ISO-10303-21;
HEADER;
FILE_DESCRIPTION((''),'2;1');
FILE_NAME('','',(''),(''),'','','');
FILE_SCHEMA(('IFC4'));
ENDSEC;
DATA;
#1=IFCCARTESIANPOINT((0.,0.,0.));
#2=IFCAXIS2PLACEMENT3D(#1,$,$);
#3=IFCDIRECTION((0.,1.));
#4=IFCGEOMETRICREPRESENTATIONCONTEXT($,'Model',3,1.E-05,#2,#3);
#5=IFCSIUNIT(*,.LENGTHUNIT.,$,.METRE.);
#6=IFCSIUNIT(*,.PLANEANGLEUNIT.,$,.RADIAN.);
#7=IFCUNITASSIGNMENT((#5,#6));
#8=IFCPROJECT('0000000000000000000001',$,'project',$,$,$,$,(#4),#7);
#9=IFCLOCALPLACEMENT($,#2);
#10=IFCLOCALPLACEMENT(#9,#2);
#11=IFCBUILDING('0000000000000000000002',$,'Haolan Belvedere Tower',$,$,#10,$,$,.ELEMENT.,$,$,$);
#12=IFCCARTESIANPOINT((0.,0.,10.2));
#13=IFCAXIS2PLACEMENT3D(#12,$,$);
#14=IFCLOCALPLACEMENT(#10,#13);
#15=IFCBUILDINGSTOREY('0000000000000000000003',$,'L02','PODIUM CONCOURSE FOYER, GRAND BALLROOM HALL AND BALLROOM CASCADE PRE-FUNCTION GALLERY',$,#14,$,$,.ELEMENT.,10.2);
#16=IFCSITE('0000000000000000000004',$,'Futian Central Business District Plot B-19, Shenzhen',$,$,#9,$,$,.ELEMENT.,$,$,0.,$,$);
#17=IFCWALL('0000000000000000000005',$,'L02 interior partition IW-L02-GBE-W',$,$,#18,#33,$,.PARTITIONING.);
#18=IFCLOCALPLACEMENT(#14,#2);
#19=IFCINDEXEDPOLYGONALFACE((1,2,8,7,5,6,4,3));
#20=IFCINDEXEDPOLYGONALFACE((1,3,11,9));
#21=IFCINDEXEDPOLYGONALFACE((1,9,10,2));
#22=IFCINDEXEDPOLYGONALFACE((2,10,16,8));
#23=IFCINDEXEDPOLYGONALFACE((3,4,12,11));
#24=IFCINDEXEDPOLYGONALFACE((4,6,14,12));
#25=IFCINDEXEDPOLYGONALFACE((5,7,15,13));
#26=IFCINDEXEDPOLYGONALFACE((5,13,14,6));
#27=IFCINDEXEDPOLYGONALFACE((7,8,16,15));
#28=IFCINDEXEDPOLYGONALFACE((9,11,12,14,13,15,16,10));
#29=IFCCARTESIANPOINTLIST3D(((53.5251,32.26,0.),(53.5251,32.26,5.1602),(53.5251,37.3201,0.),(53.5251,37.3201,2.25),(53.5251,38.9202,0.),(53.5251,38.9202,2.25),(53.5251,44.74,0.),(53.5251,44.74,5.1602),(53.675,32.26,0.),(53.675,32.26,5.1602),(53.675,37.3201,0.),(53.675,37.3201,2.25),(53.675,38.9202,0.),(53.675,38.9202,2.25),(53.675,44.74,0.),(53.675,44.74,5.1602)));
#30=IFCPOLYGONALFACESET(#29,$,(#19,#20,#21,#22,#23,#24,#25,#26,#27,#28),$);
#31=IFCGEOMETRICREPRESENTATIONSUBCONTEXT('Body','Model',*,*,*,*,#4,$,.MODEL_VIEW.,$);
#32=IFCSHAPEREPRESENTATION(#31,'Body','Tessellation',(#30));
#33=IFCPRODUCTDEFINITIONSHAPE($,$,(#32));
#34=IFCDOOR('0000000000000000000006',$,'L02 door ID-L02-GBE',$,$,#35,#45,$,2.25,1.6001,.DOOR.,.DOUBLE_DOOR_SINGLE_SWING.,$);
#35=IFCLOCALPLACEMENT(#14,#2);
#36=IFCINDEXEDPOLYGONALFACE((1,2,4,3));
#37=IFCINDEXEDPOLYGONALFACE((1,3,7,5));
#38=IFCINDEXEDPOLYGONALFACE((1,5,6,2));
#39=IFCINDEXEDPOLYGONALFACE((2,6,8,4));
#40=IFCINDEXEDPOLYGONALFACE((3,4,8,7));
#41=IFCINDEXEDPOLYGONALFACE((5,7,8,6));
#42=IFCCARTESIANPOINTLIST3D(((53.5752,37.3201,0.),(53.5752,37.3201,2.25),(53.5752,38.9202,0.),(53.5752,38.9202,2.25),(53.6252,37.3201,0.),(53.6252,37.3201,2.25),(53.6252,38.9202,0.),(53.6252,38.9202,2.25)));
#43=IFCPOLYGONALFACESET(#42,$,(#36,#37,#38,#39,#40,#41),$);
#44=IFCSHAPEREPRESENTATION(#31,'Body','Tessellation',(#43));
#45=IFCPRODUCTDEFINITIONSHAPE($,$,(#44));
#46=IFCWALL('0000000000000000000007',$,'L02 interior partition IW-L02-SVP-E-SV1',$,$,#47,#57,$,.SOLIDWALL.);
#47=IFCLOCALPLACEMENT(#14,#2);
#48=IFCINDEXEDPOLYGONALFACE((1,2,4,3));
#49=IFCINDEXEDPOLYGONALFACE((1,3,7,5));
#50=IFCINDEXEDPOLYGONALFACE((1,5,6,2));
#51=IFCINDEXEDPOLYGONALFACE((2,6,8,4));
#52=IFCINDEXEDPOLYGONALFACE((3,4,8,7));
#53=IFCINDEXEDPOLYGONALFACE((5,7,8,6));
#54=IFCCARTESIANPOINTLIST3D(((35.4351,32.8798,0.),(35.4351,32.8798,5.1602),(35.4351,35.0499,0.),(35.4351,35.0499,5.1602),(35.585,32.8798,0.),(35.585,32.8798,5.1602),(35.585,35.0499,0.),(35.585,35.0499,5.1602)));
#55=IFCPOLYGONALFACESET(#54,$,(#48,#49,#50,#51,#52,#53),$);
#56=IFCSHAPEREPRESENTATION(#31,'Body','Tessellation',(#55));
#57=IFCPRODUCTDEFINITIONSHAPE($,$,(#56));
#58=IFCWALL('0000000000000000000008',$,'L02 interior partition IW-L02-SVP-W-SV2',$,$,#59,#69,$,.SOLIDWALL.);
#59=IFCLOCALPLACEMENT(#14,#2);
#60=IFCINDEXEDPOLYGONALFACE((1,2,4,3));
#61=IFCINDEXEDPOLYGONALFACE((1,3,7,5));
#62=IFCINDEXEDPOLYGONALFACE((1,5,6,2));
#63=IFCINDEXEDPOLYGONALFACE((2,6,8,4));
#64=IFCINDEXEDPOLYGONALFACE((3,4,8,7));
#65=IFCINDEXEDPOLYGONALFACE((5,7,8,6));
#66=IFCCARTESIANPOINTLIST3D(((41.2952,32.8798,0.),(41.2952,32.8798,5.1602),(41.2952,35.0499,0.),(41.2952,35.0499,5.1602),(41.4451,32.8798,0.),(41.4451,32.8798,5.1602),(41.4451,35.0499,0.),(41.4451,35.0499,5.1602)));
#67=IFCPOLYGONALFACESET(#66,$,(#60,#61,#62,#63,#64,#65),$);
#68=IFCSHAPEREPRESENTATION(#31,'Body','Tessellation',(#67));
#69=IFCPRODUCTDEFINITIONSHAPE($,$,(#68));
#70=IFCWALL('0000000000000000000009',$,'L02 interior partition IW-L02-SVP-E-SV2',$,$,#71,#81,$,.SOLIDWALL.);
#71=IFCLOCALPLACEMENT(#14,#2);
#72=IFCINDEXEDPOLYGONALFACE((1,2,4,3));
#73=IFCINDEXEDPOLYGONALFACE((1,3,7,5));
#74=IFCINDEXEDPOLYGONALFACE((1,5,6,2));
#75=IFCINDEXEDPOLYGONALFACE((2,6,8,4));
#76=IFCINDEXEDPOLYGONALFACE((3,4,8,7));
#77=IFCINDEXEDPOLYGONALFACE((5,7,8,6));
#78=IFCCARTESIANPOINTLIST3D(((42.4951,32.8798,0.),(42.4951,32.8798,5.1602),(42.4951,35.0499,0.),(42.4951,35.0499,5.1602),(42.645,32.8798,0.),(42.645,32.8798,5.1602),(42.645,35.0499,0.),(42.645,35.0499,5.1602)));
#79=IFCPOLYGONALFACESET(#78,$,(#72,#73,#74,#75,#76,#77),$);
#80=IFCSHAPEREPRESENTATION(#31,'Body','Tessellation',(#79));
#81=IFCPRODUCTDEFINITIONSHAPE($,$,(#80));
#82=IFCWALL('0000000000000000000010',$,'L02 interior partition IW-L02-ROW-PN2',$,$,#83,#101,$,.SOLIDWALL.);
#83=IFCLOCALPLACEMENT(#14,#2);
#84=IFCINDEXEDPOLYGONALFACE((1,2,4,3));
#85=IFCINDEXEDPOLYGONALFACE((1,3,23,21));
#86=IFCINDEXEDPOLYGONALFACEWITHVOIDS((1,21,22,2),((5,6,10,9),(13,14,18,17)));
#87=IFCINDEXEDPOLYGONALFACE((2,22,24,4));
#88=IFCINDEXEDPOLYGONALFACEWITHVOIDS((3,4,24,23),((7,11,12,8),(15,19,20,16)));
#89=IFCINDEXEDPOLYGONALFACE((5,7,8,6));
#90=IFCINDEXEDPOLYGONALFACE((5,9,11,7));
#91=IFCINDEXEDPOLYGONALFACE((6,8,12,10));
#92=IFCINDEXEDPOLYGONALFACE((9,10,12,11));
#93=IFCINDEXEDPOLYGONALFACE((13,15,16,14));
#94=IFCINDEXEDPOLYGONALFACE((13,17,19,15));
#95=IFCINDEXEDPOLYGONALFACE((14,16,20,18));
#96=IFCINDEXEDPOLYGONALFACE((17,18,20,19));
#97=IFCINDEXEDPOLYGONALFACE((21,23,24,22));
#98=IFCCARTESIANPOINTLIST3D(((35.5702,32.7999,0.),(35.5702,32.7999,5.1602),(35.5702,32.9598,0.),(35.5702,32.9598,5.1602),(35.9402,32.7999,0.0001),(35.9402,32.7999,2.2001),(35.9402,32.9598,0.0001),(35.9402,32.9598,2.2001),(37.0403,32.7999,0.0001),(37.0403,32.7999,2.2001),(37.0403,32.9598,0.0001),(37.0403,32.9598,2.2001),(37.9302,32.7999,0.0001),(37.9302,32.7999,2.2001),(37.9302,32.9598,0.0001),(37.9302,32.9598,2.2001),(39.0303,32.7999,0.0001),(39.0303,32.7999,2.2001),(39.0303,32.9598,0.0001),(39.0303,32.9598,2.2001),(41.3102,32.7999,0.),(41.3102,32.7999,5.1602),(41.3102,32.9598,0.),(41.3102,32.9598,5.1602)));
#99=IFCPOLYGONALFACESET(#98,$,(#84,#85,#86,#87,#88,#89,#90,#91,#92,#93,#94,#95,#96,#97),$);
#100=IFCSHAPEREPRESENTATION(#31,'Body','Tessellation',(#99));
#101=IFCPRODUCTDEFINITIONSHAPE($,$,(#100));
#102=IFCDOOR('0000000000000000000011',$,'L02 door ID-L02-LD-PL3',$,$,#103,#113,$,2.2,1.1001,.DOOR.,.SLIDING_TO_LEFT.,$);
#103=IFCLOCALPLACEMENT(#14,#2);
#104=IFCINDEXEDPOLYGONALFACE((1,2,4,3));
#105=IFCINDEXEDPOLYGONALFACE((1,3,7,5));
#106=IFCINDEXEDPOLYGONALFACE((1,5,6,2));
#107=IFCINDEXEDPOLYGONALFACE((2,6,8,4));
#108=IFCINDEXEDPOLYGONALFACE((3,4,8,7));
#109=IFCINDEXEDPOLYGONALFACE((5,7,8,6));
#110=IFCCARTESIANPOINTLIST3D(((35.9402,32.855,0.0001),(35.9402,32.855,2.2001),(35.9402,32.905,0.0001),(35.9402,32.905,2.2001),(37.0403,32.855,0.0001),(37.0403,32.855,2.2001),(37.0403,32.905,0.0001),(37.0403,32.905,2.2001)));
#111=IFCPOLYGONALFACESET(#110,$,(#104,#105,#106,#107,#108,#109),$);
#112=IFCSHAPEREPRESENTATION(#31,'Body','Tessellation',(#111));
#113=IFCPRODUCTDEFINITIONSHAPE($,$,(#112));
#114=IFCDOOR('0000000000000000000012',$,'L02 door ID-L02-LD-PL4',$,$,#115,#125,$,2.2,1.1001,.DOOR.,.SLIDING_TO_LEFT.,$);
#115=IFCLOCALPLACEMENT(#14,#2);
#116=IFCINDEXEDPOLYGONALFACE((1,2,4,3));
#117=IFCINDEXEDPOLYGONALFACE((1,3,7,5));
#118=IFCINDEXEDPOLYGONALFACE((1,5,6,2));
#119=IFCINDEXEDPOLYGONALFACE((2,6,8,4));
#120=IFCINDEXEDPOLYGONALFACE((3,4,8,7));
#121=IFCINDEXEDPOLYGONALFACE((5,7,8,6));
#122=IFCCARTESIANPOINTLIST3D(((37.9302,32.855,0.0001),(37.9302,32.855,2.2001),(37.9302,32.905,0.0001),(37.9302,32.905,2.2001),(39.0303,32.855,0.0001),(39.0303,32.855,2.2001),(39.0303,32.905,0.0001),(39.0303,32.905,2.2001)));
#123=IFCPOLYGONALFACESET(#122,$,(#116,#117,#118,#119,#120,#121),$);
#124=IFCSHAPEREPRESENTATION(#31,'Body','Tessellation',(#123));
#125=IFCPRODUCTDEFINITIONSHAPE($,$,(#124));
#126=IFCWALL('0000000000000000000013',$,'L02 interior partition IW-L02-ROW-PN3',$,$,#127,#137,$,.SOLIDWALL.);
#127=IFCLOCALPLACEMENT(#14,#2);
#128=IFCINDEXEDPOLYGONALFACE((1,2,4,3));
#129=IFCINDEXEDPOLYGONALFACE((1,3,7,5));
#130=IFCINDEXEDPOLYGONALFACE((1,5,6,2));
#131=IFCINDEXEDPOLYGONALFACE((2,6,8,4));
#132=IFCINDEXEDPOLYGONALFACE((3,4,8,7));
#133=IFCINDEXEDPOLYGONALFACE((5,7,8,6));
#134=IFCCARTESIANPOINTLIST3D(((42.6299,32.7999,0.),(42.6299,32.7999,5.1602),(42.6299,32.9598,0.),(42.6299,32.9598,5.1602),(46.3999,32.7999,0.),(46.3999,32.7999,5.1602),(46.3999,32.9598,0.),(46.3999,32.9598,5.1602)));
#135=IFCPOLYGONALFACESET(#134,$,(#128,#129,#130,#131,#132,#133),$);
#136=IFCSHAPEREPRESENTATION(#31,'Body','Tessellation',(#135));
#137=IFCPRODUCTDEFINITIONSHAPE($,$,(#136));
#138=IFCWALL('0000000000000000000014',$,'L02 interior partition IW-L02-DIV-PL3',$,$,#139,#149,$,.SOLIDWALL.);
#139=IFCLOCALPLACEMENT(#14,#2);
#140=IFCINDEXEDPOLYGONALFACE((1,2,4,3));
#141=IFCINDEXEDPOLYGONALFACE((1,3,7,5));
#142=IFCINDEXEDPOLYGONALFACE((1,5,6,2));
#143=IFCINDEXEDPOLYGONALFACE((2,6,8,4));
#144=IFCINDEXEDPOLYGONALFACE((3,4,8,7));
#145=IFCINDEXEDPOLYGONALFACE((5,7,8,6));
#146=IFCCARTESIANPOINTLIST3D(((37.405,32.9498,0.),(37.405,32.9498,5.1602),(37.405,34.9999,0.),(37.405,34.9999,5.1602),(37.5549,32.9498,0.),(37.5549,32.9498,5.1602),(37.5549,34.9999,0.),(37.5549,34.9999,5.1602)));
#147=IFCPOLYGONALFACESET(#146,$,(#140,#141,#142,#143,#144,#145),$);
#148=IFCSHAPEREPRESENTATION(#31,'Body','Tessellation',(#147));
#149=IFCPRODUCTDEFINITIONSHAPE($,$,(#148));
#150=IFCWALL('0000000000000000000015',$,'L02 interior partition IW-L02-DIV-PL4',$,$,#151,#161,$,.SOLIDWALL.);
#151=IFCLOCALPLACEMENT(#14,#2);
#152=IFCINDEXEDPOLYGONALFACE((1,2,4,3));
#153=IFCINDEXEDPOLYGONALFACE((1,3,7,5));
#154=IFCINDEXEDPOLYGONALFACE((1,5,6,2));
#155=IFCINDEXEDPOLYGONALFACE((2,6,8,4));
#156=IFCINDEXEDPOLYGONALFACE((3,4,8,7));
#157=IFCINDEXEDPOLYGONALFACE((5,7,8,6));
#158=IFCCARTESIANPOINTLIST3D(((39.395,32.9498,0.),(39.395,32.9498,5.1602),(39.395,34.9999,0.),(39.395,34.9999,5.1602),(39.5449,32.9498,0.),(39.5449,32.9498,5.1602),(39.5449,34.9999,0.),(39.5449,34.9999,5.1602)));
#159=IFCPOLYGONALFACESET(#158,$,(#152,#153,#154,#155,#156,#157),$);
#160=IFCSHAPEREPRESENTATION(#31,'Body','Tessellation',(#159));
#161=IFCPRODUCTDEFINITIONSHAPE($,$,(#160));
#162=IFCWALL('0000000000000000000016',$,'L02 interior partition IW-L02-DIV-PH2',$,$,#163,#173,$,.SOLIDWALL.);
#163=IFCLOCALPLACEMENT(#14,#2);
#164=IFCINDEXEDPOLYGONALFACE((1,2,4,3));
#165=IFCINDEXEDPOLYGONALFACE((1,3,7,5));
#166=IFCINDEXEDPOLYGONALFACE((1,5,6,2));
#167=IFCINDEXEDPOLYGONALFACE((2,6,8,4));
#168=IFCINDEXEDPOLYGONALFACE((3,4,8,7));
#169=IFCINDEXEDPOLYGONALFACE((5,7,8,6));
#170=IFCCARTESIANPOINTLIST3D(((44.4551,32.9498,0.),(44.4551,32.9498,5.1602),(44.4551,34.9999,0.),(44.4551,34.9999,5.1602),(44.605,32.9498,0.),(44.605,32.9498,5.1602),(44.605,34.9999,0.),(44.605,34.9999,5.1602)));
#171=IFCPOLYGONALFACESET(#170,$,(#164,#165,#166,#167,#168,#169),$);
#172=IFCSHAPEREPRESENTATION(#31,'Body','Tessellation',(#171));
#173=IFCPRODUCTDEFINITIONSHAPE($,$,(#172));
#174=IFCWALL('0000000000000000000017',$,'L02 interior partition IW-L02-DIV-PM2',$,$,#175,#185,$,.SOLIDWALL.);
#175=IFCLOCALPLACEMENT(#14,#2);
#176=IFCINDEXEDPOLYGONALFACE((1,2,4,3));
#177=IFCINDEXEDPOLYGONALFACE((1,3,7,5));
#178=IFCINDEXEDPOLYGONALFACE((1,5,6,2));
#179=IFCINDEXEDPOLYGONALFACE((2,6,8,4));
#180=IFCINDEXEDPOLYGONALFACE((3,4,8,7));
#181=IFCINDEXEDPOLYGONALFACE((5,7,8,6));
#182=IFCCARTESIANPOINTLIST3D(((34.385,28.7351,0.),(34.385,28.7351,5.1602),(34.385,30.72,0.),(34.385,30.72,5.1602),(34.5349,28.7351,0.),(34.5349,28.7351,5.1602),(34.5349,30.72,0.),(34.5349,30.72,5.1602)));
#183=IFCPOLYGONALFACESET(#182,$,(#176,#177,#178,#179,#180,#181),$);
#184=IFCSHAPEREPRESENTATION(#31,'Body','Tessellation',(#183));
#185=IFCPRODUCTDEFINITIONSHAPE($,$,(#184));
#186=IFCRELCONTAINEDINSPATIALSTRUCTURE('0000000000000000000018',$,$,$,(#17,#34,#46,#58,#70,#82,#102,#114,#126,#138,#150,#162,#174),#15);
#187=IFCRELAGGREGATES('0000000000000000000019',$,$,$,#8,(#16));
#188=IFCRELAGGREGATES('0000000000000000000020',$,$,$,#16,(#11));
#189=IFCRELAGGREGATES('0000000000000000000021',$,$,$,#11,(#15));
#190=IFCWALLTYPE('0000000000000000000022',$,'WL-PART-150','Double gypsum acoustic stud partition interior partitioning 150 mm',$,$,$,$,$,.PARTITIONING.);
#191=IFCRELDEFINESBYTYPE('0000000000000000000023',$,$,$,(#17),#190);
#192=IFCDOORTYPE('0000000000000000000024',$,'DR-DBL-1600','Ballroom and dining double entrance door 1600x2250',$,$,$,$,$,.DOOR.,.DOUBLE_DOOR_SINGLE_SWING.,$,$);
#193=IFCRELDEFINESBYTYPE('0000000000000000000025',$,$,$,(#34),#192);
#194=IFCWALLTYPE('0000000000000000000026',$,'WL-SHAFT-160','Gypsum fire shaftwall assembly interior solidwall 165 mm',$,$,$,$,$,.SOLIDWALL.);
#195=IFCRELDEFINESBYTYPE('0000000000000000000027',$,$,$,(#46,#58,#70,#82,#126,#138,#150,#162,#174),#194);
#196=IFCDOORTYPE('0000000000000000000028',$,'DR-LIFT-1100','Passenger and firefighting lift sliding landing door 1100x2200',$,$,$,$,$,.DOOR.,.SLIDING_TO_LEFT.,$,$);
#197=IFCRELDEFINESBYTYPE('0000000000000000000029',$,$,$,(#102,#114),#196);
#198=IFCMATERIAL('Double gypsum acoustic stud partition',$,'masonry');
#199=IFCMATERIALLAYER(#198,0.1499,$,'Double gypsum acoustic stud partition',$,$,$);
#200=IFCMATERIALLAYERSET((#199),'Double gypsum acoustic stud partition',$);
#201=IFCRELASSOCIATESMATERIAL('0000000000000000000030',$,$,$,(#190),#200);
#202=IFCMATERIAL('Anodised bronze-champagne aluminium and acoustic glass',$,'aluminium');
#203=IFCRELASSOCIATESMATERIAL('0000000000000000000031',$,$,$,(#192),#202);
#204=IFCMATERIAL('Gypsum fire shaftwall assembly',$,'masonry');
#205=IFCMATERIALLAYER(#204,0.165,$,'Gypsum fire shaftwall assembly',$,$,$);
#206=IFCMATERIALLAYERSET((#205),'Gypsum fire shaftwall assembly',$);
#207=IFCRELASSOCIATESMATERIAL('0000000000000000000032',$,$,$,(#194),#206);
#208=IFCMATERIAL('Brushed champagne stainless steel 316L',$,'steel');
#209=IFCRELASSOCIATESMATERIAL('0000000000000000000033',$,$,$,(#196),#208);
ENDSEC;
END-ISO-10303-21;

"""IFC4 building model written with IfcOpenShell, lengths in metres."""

from ifc_helpers import new_model, si_unit, direction, frame, frame_2d, origin, place, context, subcontext, project, spatial, rectangle, extrude, material, layer, layer_set, type_object, element, fill, save


model = new_model("IFC4")

# Units and contexts
model_context = context("Model", 3, precision=1e-05, world=origin(), true_north=direction((0.0, 1.0)))
body_context = subcontext(model_context, "Body", "Model", "MODEL_VIEW")
ifc_project = project(units=[si_unit("LENGTHUNIT", "METRE"), si_unit("PLANEANGLEUNIT", "RADIAN")], contexts=[model_context])

# Site, building, storey
site_placement = place(None, origin())
site = spatial("IfcSite", under=ifc_project, at=site_placement, Name="Futian Central Business District Plot B-19, Shenzhen", CompositionType="ELEMENT", RefElevation=0.0)
building_placement = place(site_placement, origin())
building = spatial("IfcBuilding", under=site, at=building_placement, Name="Haolan Belvedere Tower", CompositionType="ELEMENT")
storey_placement = place(building_placement, frame((0.0, 0.0, 10.2)))
storey = spatial("IfcBuildingStorey", under=building, at=storey_placement, Name="L02", Description="PODIUM CONCOURSE FOYER, GRAND BALLROOM HALL AND BALLROOM CASCADE PRE-FUNCTION GALLERY", CompositionType="ELEMENT", Elevation=10.2)

# Shared definitions
ifc_material_1 = material(Name="Double gypsum acoustic stud partition", Category="masonry")
ifc_layer_1 = layer(ifc_material_1, 0.1499, Name="Double gypsum acoustic stud partition")
ifc_layer_set_1 = layer_set([ifc_layer_1], Name="Double gypsum acoustic stud partition")
wall_type_1 = type_object("IfcWallType", Name="WL-PART-150", Description="Double gypsum acoustic stud partition interior partitioning 150 mm", PredefinedType="PARTITIONING", material=ifc_layer_set_1)

# Wall, opening, door
wall_1_placement = place(storey_placement, frame((53.6001, 32.26, 0.0), z_axis=(0.0, 0.0, 1.0), x_axis=(0.0, 1.0, 0.0)))
wall_1 = element("IfcWall", 1, at=wall_1_placement, inside=storey, type_object=wall_type_1, Name="L02 interior partition IW-L02-GBE-W", PredefinedType="PARTITIONING", context=body_context, shape_type="SweptSolid", body=[
    extrude(rectangle(XDim=12.48, YDim=0.1499, at=frame_2d((6.24, 0.0))), origin(), (0.0, 0.0, 1.0), 5.1602),
])
opening_1_placement = place(wall_1_placement, frame((5.0601, 0.0, 0.0)))
opening_1 = element("IfcOpeningElement", 2, at=opening_1_placement, cuts=wall_1, PredefinedType="OPENING", context=body_context, shape_type="SweptSolid", body=[
    extrude(rectangle(XDim=1.6001, YDim=2.25, at=frame_2d((0.8, 1.125))), frame((0.0, 0.085, 0.0), z_axis=(0.0, -1.0, 0.0), x_axis=(1.0, 0.0, 0.0)), (0.0, 0.0, 1.0), 0.1699),
])
ifc_material_2 = material(Name="Anodised bronze-champagne aluminium and acoustic glass", Category="aluminium")
door_type_1 = type_object("IfcDoorType", Name="DR-DBL-1600", Description="Ballroom and dining double entrance door 1600x2250", OperationType="DOUBLE_DOOR_SINGLE_SWING", PredefinedType="DOOR", material=ifc_material_2)
door_1_placement = place(opening_1_placement, origin())
door_1 = element("IfcDoor", 3, at=door_1_placement, inside=storey, type_object=door_type_1, Name="L02 door ID-L02-GBE", OperationType="DOUBLE_DOOR_SINGLE_SWING", OverallHeight=2.25, OverallWidth=1.6001, PredefinedType="DOOR", context=body_context, shape_type="SweptSolid", body=[
    extrude(rectangle(XDim=1.6001, YDim=2.25, at=frame_2d((0.8, 1.125))), frame((0.0, 0.0249, 0.0), z_axis=(0.0, -1.0, 0.0), x_axis=(1.0, 0.0, 0.0)), (0.0, 0.0, 1.0), 0.05),
])
fill(opening_1, door_1)

# Walls
ifc_material_3 = material(Name="Gypsum fire shaftwall assembly", Category="masonry")
ifc_layer_2 = layer(ifc_material_3, 0.165, Name="Gypsum fire shaftwall assembly")
ifc_layer_set_2 = layer_set([ifc_layer_2], Name="Gypsum fire shaftwall assembly")
wall_type_2 = type_object("IfcWallType", Name="WL-SHAFT-160", Description="Gypsum fire shaftwall assembly interior solidwall 165 mm", PredefinedType="SOLIDWALL", material=ifc_layer_set_2)
for number, where, z_axis, x_axis, name in (
    (4, (35.51, 32.8799, 0.0), (0.0, 0.0, 1.0), (0.0, 1.0, 0.0), "L02 interior partition IW-L02-SVP-E-SV1"),
    (5, (41.3701, 32.8799, 0.0), (0.0, 0.0, 1.0), (0.0, 1.0, 0.0), "L02 interior partition IW-L02-SVP-W-SV2"),
    (6, (42.5701, 32.8799, 0.0), (0.0, 0.0, 1.0), (0.0, 1.0, 0.0), "L02 interior partition IW-L02-SVP-E-SV2"),
):
    element("IfcWall", number, at=place(storey_placement, frame(where, z_axis=z_axis, x_axis=x_axis)), inside=storey, type_object=wall_type_2, Name=name, PredefinedType="SOLIDWALL", context=body_context, shape_type="SweptSolid", body=[
        extrude(rectangle(XDim=2.1702, YDim=0.1499, at=frame_2d((1.085, 0.0))), origin(), (0.0, 0.0, 1.0), 5.1602),
    ])

# Wall, openings, doors
wall_2_placement = place(storey_placement, frame((35.5701, 32.8799, 0.0), z_axis=(0.0, 0.0, 1.0), x_axis=(1.0, 0.0, 0.0)))
wall_2 = element("IfcWall", 7, at=wall_2_placement, inside=storey, type_object=wall_type_2, Name="L02 interior partition IW-L02-ROW-PN2", PredefinedType="SOLIDWALL", context=body_context, shape_type="SweptSolid", body=[
    extrude(rectangle(XDim=5.74, YDim=0.1599, at=frame_2d((2.8701, 0.0))), origin(), (0.0, 0.0, 1.0), 5.1602),
])
opening_2_placement = place(wall_2_placement, frame((1.4702, 0.0, 0.0), z_axis=(0.0, 0.0, 1.0), x_axis=(-1.0, 0.0, 0.0)))
opening_2 = element("IfcOpeningElement", 8, at=opening_2_placement, cuts=wall_2, PredefinedType="OPENING", context=body_context, shape_type="SweptSolid", body=[
    extrude(rectangle(XDim=1.1001, YDim=2.2, at=frame_2d((0.55, 1.1001))), frame((0.0, 0.0898, 0.0), z_axis=(0.0, -1.0, 0.0), x_axis=(1.0, 0.0, 0.0)), (0.0, 0.0, 1.0), 0.1799),
])
opening_3_placement = place(wall_2_placement, frame((3.4602, 0.0, 0.0), z_axis=(0.0, 0.0, 1.0), x_axis=(-1.0, 0.0, 0.0)))
opening_3 = element("IfcOpeningElement", 9, at=opening_3_placement, cuts=wall_2, PredefinedType="OPENING", context=body_context, shape_type="SweptSolid", body=[
    extrude(rectangle(XDim=1.1001, YDim=2.2, at=frame_2d((0.55, 1.1001))), frame((0.0, 0.0898, 0.0), z_axis=(0.0, -1.0, 0.0), x_axis=(1.0, 0.0, 0.0)), (0.0, 0.0, 1.0), 0.1799),
])
ifc_material_4 = material(Name="Brushed champagne stainless steel 316L", Category="steel")
door_type_2 = type_object("IfcDoorType", Name="DR-LIFT-1100", Description="Passenger and firefighting lift sliding landing door 1100x2200", OperationType="SLIDING_TO_LEFT", PredefinedType="DOOR", material=ifc_material_4)
door_2_placement = place(opening_2_placement, origin())
door_2 = element("IfcDoor", 10, at=door_2_placement, inside=storey, type_object=door_type_2, Name="L02 door ID-L02-LD-PL3", OperationType="SLIDING_TO_LEFT", OverallHeight=2.2, OverallWidth=1.1001, PredefinedType="DOOR", context=body_context, shape_type="SweptSolid", body=[
    extrude(rectangle(XDim=1.1001, YDim=2.2, at=frame_2d((0.55, 1.1001))), frame((0.0, 0.0249, 0.0), z_axis=(0.0, -1.0, 0.0), x_axis=(1.0, 0.0, 0.0)), (0.0, 0.0, 1.0), 0.05),
])
fill(opening_2, door_2)
door_3_placement = place(opening_3_placement, origin())
door_3 = element("IfcDoor", 11, at=door_3_placement, inside=storey, type_object=door_type_2, Name="L02 door ID-L02-LD-PL4", OperationType="SLIDING_TO_LEFT", OverallHeight=2.2, OverallWidth=1.1001, PredefinedType="DOOR", context=body_context, shape_type="SweptSolid", body=[
    extrude(rectangle(XDim=1.1001, YDim=2.2, at=frame_2d((0.55, 1.1001))), frame((0.0, 0.0249, 0.0), z_axis=(0.0, -1.0, 0.0), x_axis=(1.0, 0.0, 0.0)), (0.0, 0.0, 1.0), 0.05),
])
fill(opening_3, door_3)

# Walls
wall_3_placement = place(storey_placement, frame((42.6299, 32.8799, 0.0), z_axis=(0.0, 0.0, 1.0), x_axis=(1.0, 0.0, 0.0)))
element("IfcWall", 12, at=wall_3_placement, inside=storey, type_object=wall_type_2, Name="L02 interior partition IW-L02-ROW-PN3", PredefinedType="SOLIDWALL", context=body_context, shape_type="SweptSolid", body=[
    extrude(rectangle(XDim=3.77, YDim=0.1599, at=frame_2d((1.885, 0.0))), origin(), (0.0, 0.0, 1.0), 5.1602),
])
for number, where, z_axis, x_axis, name in (
    (13, (37.48, 32.95, 0.0), (0.0, 0.0, 1.0), (0.0, 1.0, 0.0), "L02 interior partition IW-L02-DIV-PL3"),
    (14, (39.47, 32.95, 0.0), (0.0, 0.0, 1.0), (0.0, 1.0, 0.0), "L02 interior partition IW-L02-DIV-PL4"),
    (15, (44.53, 32.95, 0.0), (0.0, 0.0, 1.0), (0.0, 1.0, 0.0), "L02 interior partition IW-L02-DIV-PH2"),
):
    element("IfcWall", number, at=place(storey_placement, frame(where, z_axis=z_axis, x_axis=x_axis)), inside=storey, type_object=wall_type_2, Name=name, PredefinedType="SOLIDWALL", context=body_context, shape_type="SweptSolid", body=[
        extrude(rectangle(XDim=2.05, YDim=0.1499, at=frame_2d((1.0249, 0.0))), origin(), (0.0, 0.0, 1.0), 5.1602),
    ])
for number, where, z_axis, x_axis, name in (
    (16, (34.46, 28.7351, 0.0), (0.0, 0.0, 1.0), (0.0, 1.0, 0.0), "L02 interior partition IW-L02-DIV-PM2"),
):
    element("IfcWall", number, at=place(storey_placement, frame(where, z_axis=z_axis, x_axis=x_axis)), inside=storey, type_object=wall_type_2, Name=name, PredefinedType="SOLIDWALL", context=body_context, shape_type="SweptSolid", body=[
        extrude(rectangle(XDim=1.9849, YDim=0.1499, at=frame_2d((0.9924, 0.0))), origin(), (0.0, 0.0, 1.0), 5.1602),
    ])

save(model, "model.ifc")
